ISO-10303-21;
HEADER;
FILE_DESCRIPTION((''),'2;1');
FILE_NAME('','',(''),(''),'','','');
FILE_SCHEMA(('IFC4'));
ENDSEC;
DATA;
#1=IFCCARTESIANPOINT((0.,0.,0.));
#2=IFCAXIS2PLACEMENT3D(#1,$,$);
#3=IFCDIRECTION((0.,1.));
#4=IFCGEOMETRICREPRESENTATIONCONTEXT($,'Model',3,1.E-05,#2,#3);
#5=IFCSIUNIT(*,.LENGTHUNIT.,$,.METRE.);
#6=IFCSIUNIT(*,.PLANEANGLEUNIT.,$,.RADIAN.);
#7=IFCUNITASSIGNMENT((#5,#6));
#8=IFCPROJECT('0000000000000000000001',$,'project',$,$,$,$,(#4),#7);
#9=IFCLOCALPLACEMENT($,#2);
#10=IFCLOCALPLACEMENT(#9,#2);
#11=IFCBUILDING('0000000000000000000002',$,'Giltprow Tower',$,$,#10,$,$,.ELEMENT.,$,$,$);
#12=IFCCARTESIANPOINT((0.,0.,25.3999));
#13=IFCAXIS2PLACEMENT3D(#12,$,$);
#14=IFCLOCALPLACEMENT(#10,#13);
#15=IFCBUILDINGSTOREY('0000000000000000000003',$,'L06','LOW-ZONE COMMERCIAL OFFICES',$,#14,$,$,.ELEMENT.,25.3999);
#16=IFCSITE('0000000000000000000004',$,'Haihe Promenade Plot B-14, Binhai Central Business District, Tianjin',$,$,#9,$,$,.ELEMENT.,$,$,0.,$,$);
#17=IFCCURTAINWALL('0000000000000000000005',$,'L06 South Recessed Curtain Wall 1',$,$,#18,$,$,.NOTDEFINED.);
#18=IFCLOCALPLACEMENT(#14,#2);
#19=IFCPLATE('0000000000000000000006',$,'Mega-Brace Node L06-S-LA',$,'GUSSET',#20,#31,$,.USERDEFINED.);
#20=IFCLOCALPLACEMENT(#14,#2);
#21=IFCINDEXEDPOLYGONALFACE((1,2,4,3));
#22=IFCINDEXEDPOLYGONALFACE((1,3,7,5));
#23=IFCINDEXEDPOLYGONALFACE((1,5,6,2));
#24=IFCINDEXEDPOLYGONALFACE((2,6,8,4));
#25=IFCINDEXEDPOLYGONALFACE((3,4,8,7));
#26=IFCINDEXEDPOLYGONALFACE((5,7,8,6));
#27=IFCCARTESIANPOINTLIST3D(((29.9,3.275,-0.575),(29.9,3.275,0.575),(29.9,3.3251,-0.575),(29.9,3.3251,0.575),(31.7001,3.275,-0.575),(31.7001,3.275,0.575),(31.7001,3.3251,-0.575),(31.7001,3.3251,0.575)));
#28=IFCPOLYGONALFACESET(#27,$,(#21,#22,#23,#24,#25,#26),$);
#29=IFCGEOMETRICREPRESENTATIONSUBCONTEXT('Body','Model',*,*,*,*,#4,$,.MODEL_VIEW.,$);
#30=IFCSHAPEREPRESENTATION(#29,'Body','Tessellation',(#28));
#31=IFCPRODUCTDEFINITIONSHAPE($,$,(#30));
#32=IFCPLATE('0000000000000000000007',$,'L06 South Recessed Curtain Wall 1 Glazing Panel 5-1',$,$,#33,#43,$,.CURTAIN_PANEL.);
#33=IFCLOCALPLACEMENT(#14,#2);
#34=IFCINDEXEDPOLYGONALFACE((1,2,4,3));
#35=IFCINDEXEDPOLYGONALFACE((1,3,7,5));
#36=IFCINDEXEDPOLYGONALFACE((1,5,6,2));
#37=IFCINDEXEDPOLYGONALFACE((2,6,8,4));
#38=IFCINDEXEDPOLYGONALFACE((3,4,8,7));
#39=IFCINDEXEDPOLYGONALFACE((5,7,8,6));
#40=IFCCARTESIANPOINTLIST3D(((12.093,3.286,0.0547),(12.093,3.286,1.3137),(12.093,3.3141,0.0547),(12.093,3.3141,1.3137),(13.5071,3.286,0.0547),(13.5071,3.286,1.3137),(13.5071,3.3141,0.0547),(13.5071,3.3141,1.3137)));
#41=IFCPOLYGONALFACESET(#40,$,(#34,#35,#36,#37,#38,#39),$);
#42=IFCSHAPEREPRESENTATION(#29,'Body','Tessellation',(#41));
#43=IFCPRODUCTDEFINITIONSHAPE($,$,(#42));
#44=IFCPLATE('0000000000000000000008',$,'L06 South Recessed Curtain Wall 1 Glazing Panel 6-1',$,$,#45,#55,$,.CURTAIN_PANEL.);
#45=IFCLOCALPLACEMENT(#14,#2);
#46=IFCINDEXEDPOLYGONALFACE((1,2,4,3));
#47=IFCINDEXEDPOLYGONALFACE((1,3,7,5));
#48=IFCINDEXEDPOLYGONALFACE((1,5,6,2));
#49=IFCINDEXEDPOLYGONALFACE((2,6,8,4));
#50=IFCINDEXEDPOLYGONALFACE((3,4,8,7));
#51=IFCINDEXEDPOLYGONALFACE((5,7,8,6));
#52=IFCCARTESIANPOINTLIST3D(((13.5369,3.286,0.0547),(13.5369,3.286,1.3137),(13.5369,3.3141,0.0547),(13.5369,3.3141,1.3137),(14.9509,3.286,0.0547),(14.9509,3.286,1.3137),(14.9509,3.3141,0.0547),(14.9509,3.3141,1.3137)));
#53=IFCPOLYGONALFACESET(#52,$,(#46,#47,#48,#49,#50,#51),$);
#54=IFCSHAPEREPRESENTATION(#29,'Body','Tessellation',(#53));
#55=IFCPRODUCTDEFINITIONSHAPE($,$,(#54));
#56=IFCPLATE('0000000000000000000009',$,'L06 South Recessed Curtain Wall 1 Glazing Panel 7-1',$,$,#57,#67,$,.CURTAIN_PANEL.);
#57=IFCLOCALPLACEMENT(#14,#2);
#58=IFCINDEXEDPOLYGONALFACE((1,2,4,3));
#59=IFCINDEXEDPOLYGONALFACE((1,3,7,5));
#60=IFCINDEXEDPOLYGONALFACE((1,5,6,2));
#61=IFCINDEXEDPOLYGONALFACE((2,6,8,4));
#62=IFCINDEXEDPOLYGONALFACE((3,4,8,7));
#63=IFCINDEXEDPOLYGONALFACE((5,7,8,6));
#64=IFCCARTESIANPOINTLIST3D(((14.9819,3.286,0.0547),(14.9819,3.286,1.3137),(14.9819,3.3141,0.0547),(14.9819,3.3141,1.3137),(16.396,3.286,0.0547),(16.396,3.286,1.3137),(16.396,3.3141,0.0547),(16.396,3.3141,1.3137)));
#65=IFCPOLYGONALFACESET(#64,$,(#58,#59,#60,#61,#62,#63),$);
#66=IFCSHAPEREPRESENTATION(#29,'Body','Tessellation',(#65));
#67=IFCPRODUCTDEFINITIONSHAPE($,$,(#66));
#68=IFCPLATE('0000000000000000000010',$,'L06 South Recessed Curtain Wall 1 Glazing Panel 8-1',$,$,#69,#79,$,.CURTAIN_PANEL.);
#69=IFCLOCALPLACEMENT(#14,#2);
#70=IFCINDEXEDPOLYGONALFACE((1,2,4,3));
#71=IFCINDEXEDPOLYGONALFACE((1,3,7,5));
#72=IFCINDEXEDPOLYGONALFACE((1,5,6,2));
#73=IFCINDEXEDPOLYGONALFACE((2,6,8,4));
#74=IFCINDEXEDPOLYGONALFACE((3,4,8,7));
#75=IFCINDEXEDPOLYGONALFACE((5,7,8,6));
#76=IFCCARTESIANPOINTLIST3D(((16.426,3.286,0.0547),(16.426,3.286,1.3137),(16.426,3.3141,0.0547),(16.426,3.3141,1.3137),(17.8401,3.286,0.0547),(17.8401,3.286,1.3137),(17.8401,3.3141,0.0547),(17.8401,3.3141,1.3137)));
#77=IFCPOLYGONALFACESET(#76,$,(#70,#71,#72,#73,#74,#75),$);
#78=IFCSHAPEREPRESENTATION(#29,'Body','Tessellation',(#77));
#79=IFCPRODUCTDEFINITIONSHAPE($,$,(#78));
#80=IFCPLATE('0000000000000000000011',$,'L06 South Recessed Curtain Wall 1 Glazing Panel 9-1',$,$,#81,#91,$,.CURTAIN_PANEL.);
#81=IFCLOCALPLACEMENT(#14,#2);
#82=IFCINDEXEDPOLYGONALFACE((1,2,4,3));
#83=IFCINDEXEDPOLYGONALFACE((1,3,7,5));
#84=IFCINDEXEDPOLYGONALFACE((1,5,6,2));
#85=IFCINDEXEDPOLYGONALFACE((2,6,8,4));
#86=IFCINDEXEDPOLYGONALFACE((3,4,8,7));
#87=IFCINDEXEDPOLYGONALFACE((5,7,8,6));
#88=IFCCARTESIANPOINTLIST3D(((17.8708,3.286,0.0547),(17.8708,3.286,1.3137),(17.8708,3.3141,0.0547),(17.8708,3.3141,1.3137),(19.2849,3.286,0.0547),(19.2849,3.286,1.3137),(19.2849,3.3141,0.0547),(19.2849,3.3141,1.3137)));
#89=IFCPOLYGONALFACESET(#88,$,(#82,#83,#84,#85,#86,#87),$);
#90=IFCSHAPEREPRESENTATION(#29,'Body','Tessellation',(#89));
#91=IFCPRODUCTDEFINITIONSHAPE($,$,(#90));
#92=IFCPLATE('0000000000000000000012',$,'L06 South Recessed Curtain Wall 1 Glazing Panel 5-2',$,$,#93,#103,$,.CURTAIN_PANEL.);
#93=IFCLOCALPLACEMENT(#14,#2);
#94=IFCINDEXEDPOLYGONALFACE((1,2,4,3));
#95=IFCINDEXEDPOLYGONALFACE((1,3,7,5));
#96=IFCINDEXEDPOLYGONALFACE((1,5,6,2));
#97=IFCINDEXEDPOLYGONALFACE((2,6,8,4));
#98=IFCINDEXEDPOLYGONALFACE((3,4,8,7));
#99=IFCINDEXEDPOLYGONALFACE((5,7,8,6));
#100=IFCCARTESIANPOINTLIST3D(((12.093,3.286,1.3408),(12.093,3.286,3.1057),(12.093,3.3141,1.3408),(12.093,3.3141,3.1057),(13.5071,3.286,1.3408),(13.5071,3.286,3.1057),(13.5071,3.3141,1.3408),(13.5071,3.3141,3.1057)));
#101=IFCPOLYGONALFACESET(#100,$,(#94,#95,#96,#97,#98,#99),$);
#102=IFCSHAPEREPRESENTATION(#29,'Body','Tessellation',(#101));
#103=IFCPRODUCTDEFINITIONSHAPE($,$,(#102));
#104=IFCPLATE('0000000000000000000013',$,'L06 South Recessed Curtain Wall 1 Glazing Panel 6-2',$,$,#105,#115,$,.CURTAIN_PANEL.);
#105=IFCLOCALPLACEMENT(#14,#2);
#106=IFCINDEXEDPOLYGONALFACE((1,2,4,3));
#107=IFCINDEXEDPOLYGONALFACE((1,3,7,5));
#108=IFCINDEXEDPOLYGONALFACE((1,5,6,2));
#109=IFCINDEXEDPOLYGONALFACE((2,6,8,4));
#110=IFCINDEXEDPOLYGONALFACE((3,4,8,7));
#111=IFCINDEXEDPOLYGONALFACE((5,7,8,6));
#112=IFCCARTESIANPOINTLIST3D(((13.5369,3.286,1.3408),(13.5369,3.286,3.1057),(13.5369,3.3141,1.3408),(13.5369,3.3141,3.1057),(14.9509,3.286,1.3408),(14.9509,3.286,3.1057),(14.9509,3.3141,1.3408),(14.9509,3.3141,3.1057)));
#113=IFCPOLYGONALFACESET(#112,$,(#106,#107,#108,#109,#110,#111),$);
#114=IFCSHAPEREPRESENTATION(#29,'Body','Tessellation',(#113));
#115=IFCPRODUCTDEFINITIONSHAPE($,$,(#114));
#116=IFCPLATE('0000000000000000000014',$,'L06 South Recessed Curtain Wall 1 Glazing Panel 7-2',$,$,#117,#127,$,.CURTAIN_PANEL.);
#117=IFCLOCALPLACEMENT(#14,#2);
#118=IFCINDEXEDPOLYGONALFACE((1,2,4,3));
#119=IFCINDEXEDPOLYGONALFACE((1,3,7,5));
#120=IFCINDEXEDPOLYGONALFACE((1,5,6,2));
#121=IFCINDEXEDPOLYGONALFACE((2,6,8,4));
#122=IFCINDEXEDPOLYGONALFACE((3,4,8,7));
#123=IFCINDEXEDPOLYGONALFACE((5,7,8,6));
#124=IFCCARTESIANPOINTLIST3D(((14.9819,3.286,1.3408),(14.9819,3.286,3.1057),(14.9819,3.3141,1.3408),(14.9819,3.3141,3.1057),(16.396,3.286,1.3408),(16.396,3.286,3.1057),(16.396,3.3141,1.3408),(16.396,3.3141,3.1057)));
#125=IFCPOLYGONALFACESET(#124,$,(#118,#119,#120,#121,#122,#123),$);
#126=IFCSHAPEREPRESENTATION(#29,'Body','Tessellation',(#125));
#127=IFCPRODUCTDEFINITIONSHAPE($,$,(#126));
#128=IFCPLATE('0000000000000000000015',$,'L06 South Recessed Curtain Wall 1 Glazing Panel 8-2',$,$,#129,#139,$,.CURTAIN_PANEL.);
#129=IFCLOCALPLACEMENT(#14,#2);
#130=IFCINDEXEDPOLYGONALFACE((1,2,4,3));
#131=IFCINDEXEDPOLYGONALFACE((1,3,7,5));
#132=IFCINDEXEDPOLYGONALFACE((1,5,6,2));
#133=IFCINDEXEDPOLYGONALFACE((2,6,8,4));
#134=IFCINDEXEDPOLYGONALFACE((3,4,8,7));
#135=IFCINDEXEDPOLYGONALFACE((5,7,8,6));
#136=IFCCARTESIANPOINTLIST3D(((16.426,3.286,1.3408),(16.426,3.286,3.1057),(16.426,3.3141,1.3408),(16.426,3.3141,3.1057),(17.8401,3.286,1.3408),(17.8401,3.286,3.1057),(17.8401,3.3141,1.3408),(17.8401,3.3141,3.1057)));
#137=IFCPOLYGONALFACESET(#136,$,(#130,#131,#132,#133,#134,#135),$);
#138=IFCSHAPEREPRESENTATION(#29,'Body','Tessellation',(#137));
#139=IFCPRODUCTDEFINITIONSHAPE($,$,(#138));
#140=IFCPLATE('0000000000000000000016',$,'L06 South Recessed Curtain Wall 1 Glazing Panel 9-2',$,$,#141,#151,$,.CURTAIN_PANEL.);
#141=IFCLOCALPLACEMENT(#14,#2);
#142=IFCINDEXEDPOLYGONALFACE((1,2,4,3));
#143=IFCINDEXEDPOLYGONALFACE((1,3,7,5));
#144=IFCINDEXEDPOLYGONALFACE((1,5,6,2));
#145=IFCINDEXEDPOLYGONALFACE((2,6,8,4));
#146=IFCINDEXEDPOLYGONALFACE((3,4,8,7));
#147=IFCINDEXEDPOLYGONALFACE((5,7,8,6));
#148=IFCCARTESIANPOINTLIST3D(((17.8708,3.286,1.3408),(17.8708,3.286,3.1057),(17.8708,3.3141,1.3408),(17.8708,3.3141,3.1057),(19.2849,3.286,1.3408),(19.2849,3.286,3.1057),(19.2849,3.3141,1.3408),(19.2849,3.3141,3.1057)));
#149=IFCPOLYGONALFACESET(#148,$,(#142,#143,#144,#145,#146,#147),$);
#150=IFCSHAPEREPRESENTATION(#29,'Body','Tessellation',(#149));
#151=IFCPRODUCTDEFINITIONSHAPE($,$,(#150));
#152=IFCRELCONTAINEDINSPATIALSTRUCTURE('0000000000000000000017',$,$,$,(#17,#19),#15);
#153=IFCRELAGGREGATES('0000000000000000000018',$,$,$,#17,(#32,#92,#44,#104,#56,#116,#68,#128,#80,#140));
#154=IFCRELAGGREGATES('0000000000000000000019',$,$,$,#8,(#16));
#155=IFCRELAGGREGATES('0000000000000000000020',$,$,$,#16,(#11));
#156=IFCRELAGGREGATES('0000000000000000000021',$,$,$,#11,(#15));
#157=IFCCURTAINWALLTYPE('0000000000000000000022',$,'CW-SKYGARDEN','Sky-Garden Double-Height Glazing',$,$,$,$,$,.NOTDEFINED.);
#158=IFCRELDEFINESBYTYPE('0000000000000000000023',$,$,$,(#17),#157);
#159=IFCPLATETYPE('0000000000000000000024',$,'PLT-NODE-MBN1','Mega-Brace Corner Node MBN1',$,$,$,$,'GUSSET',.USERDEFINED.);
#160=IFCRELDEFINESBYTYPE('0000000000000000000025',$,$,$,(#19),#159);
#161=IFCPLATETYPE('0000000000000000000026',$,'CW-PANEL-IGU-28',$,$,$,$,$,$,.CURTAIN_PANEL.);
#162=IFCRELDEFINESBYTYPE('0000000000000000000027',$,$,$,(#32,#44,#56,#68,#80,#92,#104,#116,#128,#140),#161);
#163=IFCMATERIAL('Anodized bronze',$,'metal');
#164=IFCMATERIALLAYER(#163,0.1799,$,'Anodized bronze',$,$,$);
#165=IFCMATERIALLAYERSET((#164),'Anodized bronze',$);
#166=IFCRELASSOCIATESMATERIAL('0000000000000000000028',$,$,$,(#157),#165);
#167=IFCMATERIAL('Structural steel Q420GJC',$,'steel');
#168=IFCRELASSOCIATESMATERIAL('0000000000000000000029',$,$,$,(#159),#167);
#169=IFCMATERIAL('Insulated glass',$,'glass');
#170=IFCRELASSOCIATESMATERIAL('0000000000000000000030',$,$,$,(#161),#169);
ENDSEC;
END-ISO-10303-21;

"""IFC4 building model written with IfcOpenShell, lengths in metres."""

from ifc_helpers import new_model, si_unit, direction, frame, origin, origin_2d, place, context, subcontext, project, spatial, rectangle, extrude, source, transform, mapped, material, layer, layer_set, type_object, element, aggregate, save


model = new_model("IFC4")

# Units and contexts
model_context = context("Model", 3, precision=1e-05, world=origin(), true_north=direction((0.0, 1.0)))
body_context = subcontext(model_context, "Body", "Model", "MODEL_VIEW")
ifc_project = project(units=[si_unit("LENGTHUNIT", "METRE"), si_unit("PLANEANGLEUNIT", "RADIAN")], contexts=[model_context])

# Site, building, storey
site_placement = place(None, origin())
site = spatial("IfcSite", under=ifc_project, at=site_placement, Name="Haihe Promenade Plot B-14, Binhai Central Business District, Tianjin", CompositionType="ELEMENT", RefElevation=0.0)
building_placement = place(site_placement, origin())
building = spatial("IfcBuilding", under=site, at=building_placement, Name="Giltprow Tower", CompositionType="ELEMENT")
storey_placement = place(building_placement, frame((0.0, 0.0, 25.3999)))
storey = spatial("IfcBuildingStorey", under=building, at=storey_placement, Name="L06", Description="LOW-ZONE COMMERCIAL OFFICES", CompositionType="ELEMENT", Elevation=25.3999)

# Shared definitions
ifc_material_1 = material(Name="Structural steel Q420GJC", Category="steel")

# Curtain wall
ifc_material_2 = material(Name="Anodized bronze", Category="metal")
ifc_layer_1 = layer(ifc_material_2, 0.1799, Name="Anodized bronze")
ifc_layer_set_1 = layer_set([ifc_layer_1], Name="Anodized bronze")
curtain_wall_type = type_object("IfcCurtainWallType", Name="CW-SKYGARDEN", Description="Sky-Garden Double-Height Glazing", PredefinedType="NOTDEFINED", material=ifc_layer_set_1)
curtain_wall_placement = place(storey_placement, origin())
curtain_wall = element("IfcCurtainWall", 1, at=curtain_wall_placement, inside=storey, type_object=curtain_wall_type, Name="L06 South Recessed Curtain Wall 1", PredefinedType="NOTDEFINED")

# Plates
plate_type_1 = type_object("IfcPlateType", Name="PLT-NODE-MBN1", Description="Mega-Brace Corner Node MBN1", ElementType="GUSSET", PredefinedType="USERDEFINED", material=ifc_material_1)
shared_shape_1 = source(origin(), body_context, "Body", "SweptSolid", [
    extrude(rectangle(XDim=1.8, YDim=0.05, at=origin_2d()), origin(), (0.0, 0.0, 1.0), 1.1499),
])
plate_1_placement = place(storey_placement, frame((30.8, 3.3, -0.575), z_axis=(0.0, 0.0, 1.0), x_axis=(1.0, 0.0, 0.0)))
element("IfcPlate", 2, at=plate_1_placement, inside=storey, type_object=plate_type_1, Name="Mega-Brace Node L06-S-LA", ObjectType="GUSSET", PredefinedType="USERDEFINED", context=body_context, shape_type="MappedRepresentation", body=[
    mapped(shared_shape_1, transform((0.0, 0.0, 0.0), x_axis=(1.0, 0.0, 0.0), y_axis=(0.0, 1.0, 0.0), z_axis=(0.0, 0.0, 1.0), scale=1.0)),
])
ifc_material_3 = material(Name="Insulated glass", Category="glass")
plate_type_2 = type_object("IfcPlateType", Name="CW-PANEL-IGU-28", PredefinedType="CURTAIN_PANEL", material=ifc_material_3)
shared_shape_2 = source(origin(), body_context, "Body", "SweptSolid", [
    extrude(rectangle(XDim=1.4141, YDim=0.0281, at=origin_2d()), origin(), (0.0, 0.0, 1.0), 1.259),
])
plate_2_placement = place(storey_placement, frame((12.8, 3.3, 0.0547), z_axis=(0.0, 0.0, 1.0), x_axis=(1.0, 0.0, 0.0)))
plate_2 = element("IfcPlate", 3, at=plate_2_placement, type_object=plate_type_2, Name="L06 South Recessed Curtain Wall 1 Glazing Panel 5-1", PredefinedType="CURTAIN_PANEL", context=body_context, shape_type="MappedRepresentation", body=[
    mapped(shared_shape_2, transform((0.0, 0.0, 0.0), x_axis=(1.0, 0.0, 0.0), y_axis=(0.0, 1.0, 0.0), z_axis=(0.0, 0.0, 1.0), scale=1.0)),
])
plate_3_placement = place(storey_placement, frame((14.2439, 3.3, 0.0547), z_axis=(0.0, 0.0, 1.0), x_axis=(1.0, 0.0, 0.0)))
plate_3 = element("IfcPlate", 4, at=plate_3_placement, type_object=plate_type_2, Name="L06 South Recessed Curtain Wall 1 Glazing Panel 6-1", PredefinedType="CURTAIN_PANEL", context=body_context, shape_type="MappedRepresentation", body=[
    mapped(shared_shape_2, transform((0.0, 0.0, 0.0), x_axis=(1.0, 0.0, 0.0), y_axis=(0.0, 1.0, 0.0), z_axis=(0.0, 0.0, 1.0), scale=1.0)),
])
plate_4_placement = place(storey_placement, frame((15.689, 3.3, 0.0547), z_axis=(0.0, 0.0, 1.0), x_axis=(1.0, 0.0, 0.0)))
plate_4 = element("IfcPlate", 5, at=plate_4_placement, type_object=plate_type_2, Name="L06 South Recessed Curtain Wall 1 Glazing Panel 7-1", PredefinedType="CURTAIN_PANEL", context=body_context, shape_type="MappedRepresentation", body=[
    mapped(shared_shape_2, transform((0.0, 0.0, 0.0), x_axis=(1.0, 0.0, 0.0), y_axis=(0.0, 1.0, 0.0), z_axis=(0.0, 0.0, 1.0), scale=1.0)),
])
plate_5_placement = place(storey_placement, frame((17.1331, 3.3, 0.0547), z_axis=(0.0, 0.0, 1.0), x_axis=(1.0, 0.0, 0.0)))
plate_5 = element("IfcPlate", 6, at=plate_5_placement, type_object=plate_type_2, Name="L06 South Recessed Curtain Wall 1 Glazing Panel 8-1", PredefinedType="CURTAIN_PANEL", context=body_context, shape_type="MappedRepresentation", body=[
    mapped(shared_shape_2, transform((0.0, 0.0, 0.0), x_axis=(1.0, 0.0, 0.0), y_axis=(0.0, 1.0, 0.0), z_axis=(0.0, 0.0, 1.0), scale=1.0)),
])
plate_6_placement = place(storey_placement, frame((18.5779, 3.3, 0.0547), z_axis=(0.0, 0.0, 1.0), x_axis=(1.0, 0.0, 0.0)))
plate_6 = element("IfcPlate", 7, at=plate_6_placement, type_object=plate_type_2, Name="L06 South Recessed Curtain Wall 1 Glazing Panel 9-1", PredefinedType="CURTAIN_PANEL", context=body_context, shape_type="MappedRepresentation", body=[
    mapped(shared_shape_2, transform((0.0, 0.0, 0.0), x_axis=(1.0, 0.0, 0.0), y_axis=(0.0, 1.0, 0.0), z_axis=(0.0, 0.0, 1.0), scale=1.0)),
])
shared_shape_3 = source(origin(), body_context, "Body", "SweptSolid", [
    extrude(rectangle(XDim=1.4141, YDim=0.0281, at=origin_2d()), origin(), (0.0, 0.0, 1.0), 1.7649),
])
plate_7_placement = place(storey_placement, frame((12.8, 3.3, 1.3408), z_axis=(0.0, 0.0, 1.0), x_axis=(1.0, 0.0, 0.0)))
plate_7 = element("IfcPlate", 8, at=plate_7_placement, type_object=plate_type_2, Name="L06 South Recessed Curtain Wall 1 Glazing Panel 5-2", PredefinedType="CURTAIN_PANEL", context=body_context, shape_type="MappedRepresentation", body=[
    mapped(shared_shape_3, transform((0.0, 0.0, 0.0), x_axis=(1.0, 0.0, 0.0), y_axis=(0.0, 1.0, 0.0), z_axis=(0.0, 0.0, 1.0), scale=1.0)),
])
plate_8_placement = place(storey_placement, frame((14.2439, 3.3, 1.3408), z_axis=(0.0, 0.0, 1.0), x_axis=(1.0, 0.0, 0.0)))
plate_8 = element("IfcPlate", 9, at=plate_8_placement, type_object=plate_type_2, Name="L06 South Recessed Curtain Wall 1 Glazing Panel 6-2", PredefinedType="CURTAIN_PANEL", context=body_context, shape_type="MappedRepresentation", body=[
    mapped(shared_shape_3, transform((0.0, 0.0, 0.0), x_axis=(1.0, 0.0, 0.0), y_axis=(0.0, 1.0, 0.0), z_axis=(0.0, 0.0, 1.0), scale=1.0)),
])
plate_9_placement = place(storey_placement, frame((15.689, 3.3, 1.3408), z_axis=(0.0, 0.0, 1.0), x_axis=(1.0, 0.0, 0.0)))
plate_9 = element("IfcPlate", 10, at=plate_9_placement, type_object=plate_type_2, Name="L06 South Recessed Curtain Wall 1 Glazing Panel 7-2", PredefinedType="CURTAIN_PANEL", context=body_context, shape_type="MappedRepresentation", body=[
    mapped(shared_shape_3, transform((0.0, 0.0, 0.0), x_axis=(1.0, 0.0, 0.0), y_axis=(0.0, 1.0, 0.0), z_axis=(0.0, 0.0, 1.0), scale=1.0)),
])
plate_10_placement = place(storey_placement, frame((17.1331, 3.3, 1.3408), z_axis=(0.0, 0.0, 1.0), x_axis=(1.0, 0.0, 0.0)))
plate_10 = element("IfcPlate", 11, at=plate_10_placement, type_object=plate_type_2, Name="L06 South Recessed Curtain Wall 1 Glazing Panel 8-2", PredefinedType="CURTAIN_PANEL", context=body_context, shape_type="MappedRepresentation", body=[
    mapped(shared_shape_3, transform((0.0, 0.0, 0.0), x_axis=(1.0, 0.0, 0.0), y_axis=(0.0, 1.0, 0.0), z_axis=(0.0, 0.0, 1.0), scale=1.0)),
])
plate_11_placement = place(storey_placement, frame((18.5779, 3.3, 1.3408), z_axis=(0.0, 0.0, 1.0), x_axis=(1.0, 0.0, 0.0)))
plate_11 = element("IfcPlate", 12, at=plate_11_placement, type_object=plate_type_2, Name="L06 South Recessed Curtain Wall 1 Glazing Panel 9-2", PredefinedType="CURTAIN_PANEL", context=body_context, shape_type="MappedRepresentation", body=[
    mapped(shared_shape_3, transform((0.0, 0.0, 0.0), x_axis=(1.0, 0.0, 0.0), y_axis=(0.0, 1.0, 0.0), z_axis=(0.0, 0.0, 1.0), scale=1.0)),
])
aggregate(curtain_wall, [plate_2, plate_7, plate_3, plate_8, plate_4, plate_9, plate_5, plate_10, plate_6, plate_11])

save(model, "model.ifc")
